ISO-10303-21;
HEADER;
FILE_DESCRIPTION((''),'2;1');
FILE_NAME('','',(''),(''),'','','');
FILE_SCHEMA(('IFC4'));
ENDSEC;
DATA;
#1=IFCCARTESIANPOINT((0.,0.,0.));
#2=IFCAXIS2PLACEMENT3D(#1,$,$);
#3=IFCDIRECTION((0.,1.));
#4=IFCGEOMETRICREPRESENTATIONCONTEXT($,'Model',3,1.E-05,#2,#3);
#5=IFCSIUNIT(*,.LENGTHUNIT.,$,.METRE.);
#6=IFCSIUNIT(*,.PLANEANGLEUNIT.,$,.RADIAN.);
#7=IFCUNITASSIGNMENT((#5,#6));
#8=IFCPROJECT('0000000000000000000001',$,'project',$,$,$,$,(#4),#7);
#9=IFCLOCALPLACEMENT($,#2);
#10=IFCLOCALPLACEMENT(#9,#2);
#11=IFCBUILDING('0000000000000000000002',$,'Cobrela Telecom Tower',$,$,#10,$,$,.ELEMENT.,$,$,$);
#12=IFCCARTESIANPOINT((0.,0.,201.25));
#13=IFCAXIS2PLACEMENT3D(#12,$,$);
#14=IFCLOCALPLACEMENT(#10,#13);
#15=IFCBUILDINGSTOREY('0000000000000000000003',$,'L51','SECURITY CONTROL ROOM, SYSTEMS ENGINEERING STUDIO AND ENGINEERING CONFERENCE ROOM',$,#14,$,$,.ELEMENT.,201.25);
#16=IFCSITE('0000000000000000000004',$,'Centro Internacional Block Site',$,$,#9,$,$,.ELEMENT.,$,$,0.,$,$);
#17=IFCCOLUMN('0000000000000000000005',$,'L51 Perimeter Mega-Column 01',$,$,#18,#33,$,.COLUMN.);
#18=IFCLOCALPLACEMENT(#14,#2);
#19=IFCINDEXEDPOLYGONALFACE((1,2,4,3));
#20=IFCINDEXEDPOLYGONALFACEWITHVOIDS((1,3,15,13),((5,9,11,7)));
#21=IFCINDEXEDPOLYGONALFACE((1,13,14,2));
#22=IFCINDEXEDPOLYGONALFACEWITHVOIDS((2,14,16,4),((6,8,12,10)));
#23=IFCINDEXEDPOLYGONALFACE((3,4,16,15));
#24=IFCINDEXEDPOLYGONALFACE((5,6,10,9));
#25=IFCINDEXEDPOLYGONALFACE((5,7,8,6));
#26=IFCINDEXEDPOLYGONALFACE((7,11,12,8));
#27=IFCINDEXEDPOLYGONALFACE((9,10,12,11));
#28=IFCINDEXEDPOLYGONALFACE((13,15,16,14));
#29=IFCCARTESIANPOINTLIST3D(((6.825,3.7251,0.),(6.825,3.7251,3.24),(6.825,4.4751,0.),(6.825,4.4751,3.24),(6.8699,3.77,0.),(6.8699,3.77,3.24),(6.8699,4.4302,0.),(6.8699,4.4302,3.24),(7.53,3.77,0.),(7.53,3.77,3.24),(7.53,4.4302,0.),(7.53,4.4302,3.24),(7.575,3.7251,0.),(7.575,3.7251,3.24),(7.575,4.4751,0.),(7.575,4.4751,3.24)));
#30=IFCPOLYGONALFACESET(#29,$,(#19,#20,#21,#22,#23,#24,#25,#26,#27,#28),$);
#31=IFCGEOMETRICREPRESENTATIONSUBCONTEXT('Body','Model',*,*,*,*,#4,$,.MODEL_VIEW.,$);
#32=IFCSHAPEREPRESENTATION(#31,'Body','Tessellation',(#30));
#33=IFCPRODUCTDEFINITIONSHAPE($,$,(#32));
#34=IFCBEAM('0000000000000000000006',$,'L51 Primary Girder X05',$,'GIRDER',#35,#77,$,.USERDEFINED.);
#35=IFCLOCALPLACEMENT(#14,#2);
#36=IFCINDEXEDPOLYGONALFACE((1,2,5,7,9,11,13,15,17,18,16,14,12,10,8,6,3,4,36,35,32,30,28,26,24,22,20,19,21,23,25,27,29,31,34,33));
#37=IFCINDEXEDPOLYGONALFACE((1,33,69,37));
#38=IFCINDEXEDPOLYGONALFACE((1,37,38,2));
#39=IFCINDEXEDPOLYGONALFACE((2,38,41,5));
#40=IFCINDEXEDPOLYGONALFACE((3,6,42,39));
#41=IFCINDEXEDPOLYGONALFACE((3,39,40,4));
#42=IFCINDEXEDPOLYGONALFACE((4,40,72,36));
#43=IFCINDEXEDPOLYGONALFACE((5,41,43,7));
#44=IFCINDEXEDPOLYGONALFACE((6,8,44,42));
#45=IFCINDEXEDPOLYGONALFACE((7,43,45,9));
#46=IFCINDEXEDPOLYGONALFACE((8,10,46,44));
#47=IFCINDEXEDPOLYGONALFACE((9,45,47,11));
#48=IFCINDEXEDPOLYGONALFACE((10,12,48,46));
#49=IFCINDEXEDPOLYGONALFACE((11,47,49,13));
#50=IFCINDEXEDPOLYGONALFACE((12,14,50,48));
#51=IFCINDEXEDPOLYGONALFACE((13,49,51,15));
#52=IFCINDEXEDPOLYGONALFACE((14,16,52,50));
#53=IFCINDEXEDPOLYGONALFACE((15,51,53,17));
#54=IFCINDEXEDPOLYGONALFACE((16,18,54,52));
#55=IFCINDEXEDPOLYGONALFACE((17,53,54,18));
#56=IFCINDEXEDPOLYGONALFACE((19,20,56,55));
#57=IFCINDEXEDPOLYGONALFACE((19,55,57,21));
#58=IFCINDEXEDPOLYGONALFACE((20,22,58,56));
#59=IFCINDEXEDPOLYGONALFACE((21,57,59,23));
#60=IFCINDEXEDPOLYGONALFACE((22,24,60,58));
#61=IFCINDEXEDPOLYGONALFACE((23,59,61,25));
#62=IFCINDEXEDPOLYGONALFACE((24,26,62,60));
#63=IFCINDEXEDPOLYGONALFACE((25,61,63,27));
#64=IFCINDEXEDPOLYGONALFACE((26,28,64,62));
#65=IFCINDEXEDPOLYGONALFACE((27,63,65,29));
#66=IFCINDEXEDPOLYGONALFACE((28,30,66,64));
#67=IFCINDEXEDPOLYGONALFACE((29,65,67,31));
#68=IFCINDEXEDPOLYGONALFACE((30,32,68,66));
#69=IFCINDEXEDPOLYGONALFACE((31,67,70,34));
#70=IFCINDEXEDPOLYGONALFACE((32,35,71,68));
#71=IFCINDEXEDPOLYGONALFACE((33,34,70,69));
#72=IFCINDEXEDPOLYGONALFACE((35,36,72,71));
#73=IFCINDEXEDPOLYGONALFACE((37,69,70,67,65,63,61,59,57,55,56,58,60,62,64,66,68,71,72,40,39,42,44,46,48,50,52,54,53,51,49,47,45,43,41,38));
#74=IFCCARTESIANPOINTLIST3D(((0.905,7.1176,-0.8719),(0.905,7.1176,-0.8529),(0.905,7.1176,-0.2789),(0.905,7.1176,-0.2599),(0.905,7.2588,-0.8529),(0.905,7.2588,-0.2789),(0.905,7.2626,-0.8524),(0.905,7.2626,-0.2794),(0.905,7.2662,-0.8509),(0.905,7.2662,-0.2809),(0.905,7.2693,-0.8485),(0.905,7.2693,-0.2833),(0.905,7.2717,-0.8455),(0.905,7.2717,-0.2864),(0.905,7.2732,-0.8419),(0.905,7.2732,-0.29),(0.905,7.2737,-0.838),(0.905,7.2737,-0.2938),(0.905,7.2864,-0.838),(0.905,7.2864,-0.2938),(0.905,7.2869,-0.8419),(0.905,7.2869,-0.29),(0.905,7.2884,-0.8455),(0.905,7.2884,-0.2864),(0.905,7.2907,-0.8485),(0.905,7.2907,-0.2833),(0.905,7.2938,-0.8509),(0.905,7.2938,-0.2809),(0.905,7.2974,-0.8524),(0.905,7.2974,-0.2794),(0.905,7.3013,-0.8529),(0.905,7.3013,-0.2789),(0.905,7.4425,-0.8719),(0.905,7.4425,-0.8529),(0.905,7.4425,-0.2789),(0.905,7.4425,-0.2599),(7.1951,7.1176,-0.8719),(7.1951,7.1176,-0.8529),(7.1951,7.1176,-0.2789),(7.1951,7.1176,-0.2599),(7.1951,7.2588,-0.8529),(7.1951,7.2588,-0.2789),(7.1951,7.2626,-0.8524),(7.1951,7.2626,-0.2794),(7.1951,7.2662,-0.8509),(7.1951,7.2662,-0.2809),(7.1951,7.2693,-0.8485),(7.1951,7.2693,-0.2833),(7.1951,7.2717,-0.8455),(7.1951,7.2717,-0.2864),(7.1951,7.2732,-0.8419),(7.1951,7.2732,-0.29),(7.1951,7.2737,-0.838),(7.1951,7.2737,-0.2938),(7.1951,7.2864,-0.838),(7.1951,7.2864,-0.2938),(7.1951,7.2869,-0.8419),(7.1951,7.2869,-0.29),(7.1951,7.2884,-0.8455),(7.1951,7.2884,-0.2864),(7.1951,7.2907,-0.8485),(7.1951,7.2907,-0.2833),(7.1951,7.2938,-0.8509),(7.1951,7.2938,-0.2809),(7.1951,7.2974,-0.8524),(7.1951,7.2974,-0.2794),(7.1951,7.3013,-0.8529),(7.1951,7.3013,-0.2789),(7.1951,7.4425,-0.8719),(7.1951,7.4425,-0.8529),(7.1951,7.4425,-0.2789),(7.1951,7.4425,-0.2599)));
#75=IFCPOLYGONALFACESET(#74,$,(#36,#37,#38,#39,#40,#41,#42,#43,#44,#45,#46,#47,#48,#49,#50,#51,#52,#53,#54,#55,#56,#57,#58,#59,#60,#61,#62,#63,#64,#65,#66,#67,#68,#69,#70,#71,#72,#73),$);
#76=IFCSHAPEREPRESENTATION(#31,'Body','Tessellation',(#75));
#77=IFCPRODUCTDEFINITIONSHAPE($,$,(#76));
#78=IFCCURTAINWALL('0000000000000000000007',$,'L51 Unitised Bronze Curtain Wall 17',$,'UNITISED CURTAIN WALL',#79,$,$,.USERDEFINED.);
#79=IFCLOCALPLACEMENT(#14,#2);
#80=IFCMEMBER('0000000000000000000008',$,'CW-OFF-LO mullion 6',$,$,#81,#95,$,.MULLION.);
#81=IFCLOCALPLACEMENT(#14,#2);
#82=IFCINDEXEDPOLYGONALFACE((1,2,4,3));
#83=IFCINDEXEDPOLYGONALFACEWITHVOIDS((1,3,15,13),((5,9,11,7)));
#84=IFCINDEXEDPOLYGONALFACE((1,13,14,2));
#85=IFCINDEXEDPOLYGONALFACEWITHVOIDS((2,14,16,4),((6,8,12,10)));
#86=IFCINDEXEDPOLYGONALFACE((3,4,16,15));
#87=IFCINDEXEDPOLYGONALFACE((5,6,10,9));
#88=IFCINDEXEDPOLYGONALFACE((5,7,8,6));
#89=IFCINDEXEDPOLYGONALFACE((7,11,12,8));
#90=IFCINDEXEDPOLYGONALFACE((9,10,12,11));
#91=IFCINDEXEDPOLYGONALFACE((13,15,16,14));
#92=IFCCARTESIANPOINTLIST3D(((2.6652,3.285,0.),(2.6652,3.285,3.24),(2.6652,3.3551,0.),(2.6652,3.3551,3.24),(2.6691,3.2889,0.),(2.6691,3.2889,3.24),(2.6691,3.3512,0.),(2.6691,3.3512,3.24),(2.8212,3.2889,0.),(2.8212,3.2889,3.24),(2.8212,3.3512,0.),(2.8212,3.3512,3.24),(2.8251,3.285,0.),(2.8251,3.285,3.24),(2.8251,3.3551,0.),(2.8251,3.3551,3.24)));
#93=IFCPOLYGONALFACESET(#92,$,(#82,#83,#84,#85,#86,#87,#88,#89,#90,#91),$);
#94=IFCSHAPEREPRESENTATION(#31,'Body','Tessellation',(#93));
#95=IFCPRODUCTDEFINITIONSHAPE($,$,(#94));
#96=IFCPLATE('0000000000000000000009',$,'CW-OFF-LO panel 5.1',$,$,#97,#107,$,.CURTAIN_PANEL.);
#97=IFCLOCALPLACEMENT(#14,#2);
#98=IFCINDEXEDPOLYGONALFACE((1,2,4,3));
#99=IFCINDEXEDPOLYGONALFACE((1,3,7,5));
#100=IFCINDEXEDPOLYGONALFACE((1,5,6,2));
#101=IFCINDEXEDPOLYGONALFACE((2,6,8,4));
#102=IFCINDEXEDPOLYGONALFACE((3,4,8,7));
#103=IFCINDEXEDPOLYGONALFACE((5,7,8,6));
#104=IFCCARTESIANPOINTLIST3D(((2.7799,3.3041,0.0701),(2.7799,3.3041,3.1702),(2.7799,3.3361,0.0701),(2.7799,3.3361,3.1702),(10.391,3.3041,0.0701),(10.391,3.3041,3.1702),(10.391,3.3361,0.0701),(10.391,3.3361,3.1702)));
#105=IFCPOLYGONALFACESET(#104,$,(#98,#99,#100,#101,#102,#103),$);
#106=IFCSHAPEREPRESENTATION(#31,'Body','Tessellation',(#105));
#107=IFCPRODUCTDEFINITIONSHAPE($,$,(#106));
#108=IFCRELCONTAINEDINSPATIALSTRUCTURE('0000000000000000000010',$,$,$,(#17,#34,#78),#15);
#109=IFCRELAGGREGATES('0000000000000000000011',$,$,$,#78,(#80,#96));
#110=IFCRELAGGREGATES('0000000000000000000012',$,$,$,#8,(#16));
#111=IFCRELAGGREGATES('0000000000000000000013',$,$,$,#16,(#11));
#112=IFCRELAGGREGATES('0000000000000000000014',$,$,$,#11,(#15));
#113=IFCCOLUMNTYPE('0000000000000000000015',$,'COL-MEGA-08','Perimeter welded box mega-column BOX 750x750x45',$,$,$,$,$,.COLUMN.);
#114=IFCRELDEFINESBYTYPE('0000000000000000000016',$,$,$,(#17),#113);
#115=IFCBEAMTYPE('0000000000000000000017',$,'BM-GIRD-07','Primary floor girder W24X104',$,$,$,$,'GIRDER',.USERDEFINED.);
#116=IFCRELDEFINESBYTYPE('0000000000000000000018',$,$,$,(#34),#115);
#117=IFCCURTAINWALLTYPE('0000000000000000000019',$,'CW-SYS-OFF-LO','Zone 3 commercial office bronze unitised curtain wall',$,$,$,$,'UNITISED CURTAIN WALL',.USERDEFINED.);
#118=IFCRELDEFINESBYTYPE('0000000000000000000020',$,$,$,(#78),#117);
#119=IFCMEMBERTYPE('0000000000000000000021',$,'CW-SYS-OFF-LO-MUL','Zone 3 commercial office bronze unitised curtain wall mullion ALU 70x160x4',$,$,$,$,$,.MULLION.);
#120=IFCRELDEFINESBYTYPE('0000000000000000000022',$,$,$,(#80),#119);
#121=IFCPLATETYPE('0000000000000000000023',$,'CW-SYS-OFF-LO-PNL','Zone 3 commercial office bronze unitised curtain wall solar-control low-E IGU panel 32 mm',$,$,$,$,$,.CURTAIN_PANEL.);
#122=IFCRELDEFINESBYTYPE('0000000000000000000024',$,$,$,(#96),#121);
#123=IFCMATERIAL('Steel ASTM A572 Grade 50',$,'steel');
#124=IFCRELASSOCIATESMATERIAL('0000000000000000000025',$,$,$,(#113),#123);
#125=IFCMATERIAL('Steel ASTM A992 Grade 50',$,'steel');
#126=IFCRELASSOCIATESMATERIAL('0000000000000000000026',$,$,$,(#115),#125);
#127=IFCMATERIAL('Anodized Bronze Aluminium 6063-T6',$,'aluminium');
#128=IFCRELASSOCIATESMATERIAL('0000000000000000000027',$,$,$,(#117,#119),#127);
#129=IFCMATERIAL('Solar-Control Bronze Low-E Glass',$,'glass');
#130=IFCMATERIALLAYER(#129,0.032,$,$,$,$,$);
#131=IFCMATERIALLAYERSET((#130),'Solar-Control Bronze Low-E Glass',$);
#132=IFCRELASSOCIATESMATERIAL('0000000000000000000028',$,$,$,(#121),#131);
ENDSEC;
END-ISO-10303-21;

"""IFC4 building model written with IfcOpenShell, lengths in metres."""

from ifc_helpers import new_model, si_unit, direction, frame, origin, origin_2d, place, context, subcontext, project, spatial, rectangle, hollow_rectangle, i_section, extrude, material, layer, layer_set, material_profile, profile_set, type_object, element, aggregate, save


model = new_model("IFC4")

# Units and contexts
model_context = context("Model", 3, precision=1e-05, world=origin(), true_north=direction((0.0, 1.0)))
body_context = subcontext(model_context, "Body", "Model", "MODEL_VIEW")
ifc_project = project(units=[si_unit("LENGTHUNIT", "METRE"), si_unit("PLANEANGLEUNIT", "RADIAN")], contexts=[model_context])

# Site, building, storey
site_placement = place(None, origin())
site = spatial("IfcSite", under=ifc_project, at=site_placement, Name="Centro Internacional Block Site", CompositionType="ELEMENT", RefElevation=0.0)
building_placement = place(site_placement, origin())
building = spatial("IfcBuilding", under=site, at=building_placement, Name="Cobrela Telecom Tower", CompositionType="ELEMENT")
storey_placement = place(building_placement, frame((0.0, 0.0, 201.25)))
storey = spatial("IfcBuildingStorey", under=building, at=storey_placement, Name="L51", Description="SECURITY CONTROL ROOM, SYSTEMS ENGINEERING STUDIO AND ENGINEERING CONFERENCE ROOM", CompositionType="ELEMENT", Elevation=201.25)

# Column
ifc_material_1 = material(Name="Steel ASTM A572 Grade 50", Category="steel")
ifc_material_profile_1 = material_profile(ifc_material_1, hollow_rectangle(XDim=0.75, YDim=0.75, WallThickness=0.0449, at=origin_2d()), Name="BOX 750x750x45")
ifc_profile_set_1 = profile_set([ifc_material_profile_1], Name="Steel ASTM A572 Grade 50")
column_type = type_object("IfcColumnType", Name="COL-MEGA-08", Description="Perimeter welded box mega-column BOX 750x750x45", PredefinedType="COLUMN", material=ifc_profile_set_1)
column_placement = place(storey_placement, frame((7.2, 4.1001, 0.0), z_axis=(0.0, 0.0, 1.0), x_axis=(1.0, 0.0, 0.0)))
element("IfcColumn", 1, at=column_placement, inside=storey, type_object=column_type, Name="L51 Perimeter Mega-Column 01", PredefinedType="COLUMN", context=body_context, shape_type="SweptSolid", body=[
    extrude(hollow_rectangle(XDim=0.75, YDim=0.75, WallThickness=0.0449, at=origin_2d()), origin(), (0.0, 0.0, 1.0), 3.24),
])

# Beam
ifc_material_2 = material(Name="Steel ASTM A992 Grade 50", Category="steel")
ifc_material_profile_2 = material_profile(ifc_material_2, i_section(OverallWidth=0.325, OverallDepth=0.6121, WebThickness=0.0127, FlangeThickness=0.019, FilletRadius=0.0149, at=origin_2d()), Name="W24X104")
ifc_profile_set_2 = profile_set([ifc_material_profile_2], Name="Steel ASTM A992 Grade 50")
beam_type = type_object("IfcBeamType", Name="BM-GIRD-07", Description="Primary floor girder W24X104", ElementType="GIRDER", PredefinedType="USERDEFINED", material=ifc_profile_set_2)
beam_placement = place(storey_placement, frame((0.905, 7.28, -0.5659), z_axis=(1.0, 0.0, 0.0), x_axis=(0.0, 1.0, 0.0)))
element("IfcBeam", 2, at=beam_placement, inside=storey, type_object=beam_type, Name="L51 Primary Girder X05", ObjectType="GIRDER", PredefinedType="USERDEFINED", context=body_context, shape_type="SweptSolid", body=[
    extrude(i_section(OverallWidth=0.325, OverallDepth=0.6121, WebThickness=0.0127, FlangeThickness=0.019, FilletRadius=0.0149, at=origin_2d()), origin(), (0.0, 0.0, 1.0), 6.29),
])

# Curtain wall, member, plate
ifc_material_3 = material(Name="Anodized Bronze Aluminium 6063-T6", Category="aluminium")
curtain_wall_type = type_object("IfcCurtainWallType", Name="CW-SYS-OFF-LO", Description="Zone 3 commercial office bronze unitised curtain wall", ElementType="UNITISED CURTAIN WALL", PredefinedType="USERDEFINED", material=ifc_material_3)
curtain_wall_placement = place(storey_placement, origin())
curtain_wall = element("IfcCurtainWall", 3, at=curtain_wall_placement, inside=storey, type_object=curtain_wall_type, Name="L51 Unitised Bronze Curtain Wall 17", ObjectType="UNITISED CURTAIN WALL", PredefinedType="USERDEFINED")
ifc_material_profile_3 = material_profile(ifc_material_3, hollow_rectangle(XDim=0.0701, YDim=0.1599, WallThickness=0.0039, at=origin_2d()), Name="ALU 70x160x4")
ifc_profile_set_3 = profile_set([ifc_material_profile_3], Name="Anodized Bronze Aluminium 6063-T6")
member_type = type_object("IfcMemberType", Name="CW-SYS-OFF-LO-MUL", Description="Zone 3 commercial office bronze unitised curtain wall mullion ALU 70x160x4", PredefinedType="MULLION", material=ifc_profile_set_3)
member_placement = place(storey_placement, frame((2.7451, 3.3201, 0.0), z_axis=(0.0, 0.0, 1.0), x_axis=(0.0, -1.0, 0.0)))
member = element("IfcMember", 4, at=member_placement, type_object=member_type, Name="CW-OFF-LO mullion 6", PredefinedType="MULLION", context=body_context, shape_type="SweptSolid", body=[
    extrude(hollow_rectangle(XDim=0.0701, YDim=0.1599, WallThickness=0.0039, at=origin_2d()), origin(), (0.0, 0.0, 1.0), 3.24),
])
ifc_material_4 = material(Name="Solar-Control Bronze Low-E Glass", Category="glass")
ifc_layer_1 = layer(ifc_material_4, 0.032)
ifc_layer_set_1 = layer_set([ifc_layer_1], Name="Solar-Control Bronze Low-E Glass")
plate_type = type_object("IfcPlateType", Name="CW-SYS-OFF-LO-PNL", Description="Zone 3 commercial office bronze unitised curtain wall solar-control low-E IGU panel 32 mm", PredefinedType="CURTAIN_PANEL", material=ifc_layer_set_1)
plate_placement = place(storey_placement, frame((6.5854, 3.3201, 0.0701), z_axis=(0.0, 0.0, 1.0), x_axis=(-1.0, 0.0, 0.0)))
plate = element("IfcPlate", 5, at=plate_placement, type_object=plate_type, Name="CW-OFF-LO panel 5.1", PredefinedType="CURTAIN_PANEL", context=body_context, shape_type="SweptSolid", body=[
    extrude(rectangle(XDim=7.6111, YDim=0.032, at=origin_2d()), origin(), (0.0, 0.0, 1.0), 3.1001),
])
aggregate(curtain_wall, [member, plate])

save(model, "model.ifc")
